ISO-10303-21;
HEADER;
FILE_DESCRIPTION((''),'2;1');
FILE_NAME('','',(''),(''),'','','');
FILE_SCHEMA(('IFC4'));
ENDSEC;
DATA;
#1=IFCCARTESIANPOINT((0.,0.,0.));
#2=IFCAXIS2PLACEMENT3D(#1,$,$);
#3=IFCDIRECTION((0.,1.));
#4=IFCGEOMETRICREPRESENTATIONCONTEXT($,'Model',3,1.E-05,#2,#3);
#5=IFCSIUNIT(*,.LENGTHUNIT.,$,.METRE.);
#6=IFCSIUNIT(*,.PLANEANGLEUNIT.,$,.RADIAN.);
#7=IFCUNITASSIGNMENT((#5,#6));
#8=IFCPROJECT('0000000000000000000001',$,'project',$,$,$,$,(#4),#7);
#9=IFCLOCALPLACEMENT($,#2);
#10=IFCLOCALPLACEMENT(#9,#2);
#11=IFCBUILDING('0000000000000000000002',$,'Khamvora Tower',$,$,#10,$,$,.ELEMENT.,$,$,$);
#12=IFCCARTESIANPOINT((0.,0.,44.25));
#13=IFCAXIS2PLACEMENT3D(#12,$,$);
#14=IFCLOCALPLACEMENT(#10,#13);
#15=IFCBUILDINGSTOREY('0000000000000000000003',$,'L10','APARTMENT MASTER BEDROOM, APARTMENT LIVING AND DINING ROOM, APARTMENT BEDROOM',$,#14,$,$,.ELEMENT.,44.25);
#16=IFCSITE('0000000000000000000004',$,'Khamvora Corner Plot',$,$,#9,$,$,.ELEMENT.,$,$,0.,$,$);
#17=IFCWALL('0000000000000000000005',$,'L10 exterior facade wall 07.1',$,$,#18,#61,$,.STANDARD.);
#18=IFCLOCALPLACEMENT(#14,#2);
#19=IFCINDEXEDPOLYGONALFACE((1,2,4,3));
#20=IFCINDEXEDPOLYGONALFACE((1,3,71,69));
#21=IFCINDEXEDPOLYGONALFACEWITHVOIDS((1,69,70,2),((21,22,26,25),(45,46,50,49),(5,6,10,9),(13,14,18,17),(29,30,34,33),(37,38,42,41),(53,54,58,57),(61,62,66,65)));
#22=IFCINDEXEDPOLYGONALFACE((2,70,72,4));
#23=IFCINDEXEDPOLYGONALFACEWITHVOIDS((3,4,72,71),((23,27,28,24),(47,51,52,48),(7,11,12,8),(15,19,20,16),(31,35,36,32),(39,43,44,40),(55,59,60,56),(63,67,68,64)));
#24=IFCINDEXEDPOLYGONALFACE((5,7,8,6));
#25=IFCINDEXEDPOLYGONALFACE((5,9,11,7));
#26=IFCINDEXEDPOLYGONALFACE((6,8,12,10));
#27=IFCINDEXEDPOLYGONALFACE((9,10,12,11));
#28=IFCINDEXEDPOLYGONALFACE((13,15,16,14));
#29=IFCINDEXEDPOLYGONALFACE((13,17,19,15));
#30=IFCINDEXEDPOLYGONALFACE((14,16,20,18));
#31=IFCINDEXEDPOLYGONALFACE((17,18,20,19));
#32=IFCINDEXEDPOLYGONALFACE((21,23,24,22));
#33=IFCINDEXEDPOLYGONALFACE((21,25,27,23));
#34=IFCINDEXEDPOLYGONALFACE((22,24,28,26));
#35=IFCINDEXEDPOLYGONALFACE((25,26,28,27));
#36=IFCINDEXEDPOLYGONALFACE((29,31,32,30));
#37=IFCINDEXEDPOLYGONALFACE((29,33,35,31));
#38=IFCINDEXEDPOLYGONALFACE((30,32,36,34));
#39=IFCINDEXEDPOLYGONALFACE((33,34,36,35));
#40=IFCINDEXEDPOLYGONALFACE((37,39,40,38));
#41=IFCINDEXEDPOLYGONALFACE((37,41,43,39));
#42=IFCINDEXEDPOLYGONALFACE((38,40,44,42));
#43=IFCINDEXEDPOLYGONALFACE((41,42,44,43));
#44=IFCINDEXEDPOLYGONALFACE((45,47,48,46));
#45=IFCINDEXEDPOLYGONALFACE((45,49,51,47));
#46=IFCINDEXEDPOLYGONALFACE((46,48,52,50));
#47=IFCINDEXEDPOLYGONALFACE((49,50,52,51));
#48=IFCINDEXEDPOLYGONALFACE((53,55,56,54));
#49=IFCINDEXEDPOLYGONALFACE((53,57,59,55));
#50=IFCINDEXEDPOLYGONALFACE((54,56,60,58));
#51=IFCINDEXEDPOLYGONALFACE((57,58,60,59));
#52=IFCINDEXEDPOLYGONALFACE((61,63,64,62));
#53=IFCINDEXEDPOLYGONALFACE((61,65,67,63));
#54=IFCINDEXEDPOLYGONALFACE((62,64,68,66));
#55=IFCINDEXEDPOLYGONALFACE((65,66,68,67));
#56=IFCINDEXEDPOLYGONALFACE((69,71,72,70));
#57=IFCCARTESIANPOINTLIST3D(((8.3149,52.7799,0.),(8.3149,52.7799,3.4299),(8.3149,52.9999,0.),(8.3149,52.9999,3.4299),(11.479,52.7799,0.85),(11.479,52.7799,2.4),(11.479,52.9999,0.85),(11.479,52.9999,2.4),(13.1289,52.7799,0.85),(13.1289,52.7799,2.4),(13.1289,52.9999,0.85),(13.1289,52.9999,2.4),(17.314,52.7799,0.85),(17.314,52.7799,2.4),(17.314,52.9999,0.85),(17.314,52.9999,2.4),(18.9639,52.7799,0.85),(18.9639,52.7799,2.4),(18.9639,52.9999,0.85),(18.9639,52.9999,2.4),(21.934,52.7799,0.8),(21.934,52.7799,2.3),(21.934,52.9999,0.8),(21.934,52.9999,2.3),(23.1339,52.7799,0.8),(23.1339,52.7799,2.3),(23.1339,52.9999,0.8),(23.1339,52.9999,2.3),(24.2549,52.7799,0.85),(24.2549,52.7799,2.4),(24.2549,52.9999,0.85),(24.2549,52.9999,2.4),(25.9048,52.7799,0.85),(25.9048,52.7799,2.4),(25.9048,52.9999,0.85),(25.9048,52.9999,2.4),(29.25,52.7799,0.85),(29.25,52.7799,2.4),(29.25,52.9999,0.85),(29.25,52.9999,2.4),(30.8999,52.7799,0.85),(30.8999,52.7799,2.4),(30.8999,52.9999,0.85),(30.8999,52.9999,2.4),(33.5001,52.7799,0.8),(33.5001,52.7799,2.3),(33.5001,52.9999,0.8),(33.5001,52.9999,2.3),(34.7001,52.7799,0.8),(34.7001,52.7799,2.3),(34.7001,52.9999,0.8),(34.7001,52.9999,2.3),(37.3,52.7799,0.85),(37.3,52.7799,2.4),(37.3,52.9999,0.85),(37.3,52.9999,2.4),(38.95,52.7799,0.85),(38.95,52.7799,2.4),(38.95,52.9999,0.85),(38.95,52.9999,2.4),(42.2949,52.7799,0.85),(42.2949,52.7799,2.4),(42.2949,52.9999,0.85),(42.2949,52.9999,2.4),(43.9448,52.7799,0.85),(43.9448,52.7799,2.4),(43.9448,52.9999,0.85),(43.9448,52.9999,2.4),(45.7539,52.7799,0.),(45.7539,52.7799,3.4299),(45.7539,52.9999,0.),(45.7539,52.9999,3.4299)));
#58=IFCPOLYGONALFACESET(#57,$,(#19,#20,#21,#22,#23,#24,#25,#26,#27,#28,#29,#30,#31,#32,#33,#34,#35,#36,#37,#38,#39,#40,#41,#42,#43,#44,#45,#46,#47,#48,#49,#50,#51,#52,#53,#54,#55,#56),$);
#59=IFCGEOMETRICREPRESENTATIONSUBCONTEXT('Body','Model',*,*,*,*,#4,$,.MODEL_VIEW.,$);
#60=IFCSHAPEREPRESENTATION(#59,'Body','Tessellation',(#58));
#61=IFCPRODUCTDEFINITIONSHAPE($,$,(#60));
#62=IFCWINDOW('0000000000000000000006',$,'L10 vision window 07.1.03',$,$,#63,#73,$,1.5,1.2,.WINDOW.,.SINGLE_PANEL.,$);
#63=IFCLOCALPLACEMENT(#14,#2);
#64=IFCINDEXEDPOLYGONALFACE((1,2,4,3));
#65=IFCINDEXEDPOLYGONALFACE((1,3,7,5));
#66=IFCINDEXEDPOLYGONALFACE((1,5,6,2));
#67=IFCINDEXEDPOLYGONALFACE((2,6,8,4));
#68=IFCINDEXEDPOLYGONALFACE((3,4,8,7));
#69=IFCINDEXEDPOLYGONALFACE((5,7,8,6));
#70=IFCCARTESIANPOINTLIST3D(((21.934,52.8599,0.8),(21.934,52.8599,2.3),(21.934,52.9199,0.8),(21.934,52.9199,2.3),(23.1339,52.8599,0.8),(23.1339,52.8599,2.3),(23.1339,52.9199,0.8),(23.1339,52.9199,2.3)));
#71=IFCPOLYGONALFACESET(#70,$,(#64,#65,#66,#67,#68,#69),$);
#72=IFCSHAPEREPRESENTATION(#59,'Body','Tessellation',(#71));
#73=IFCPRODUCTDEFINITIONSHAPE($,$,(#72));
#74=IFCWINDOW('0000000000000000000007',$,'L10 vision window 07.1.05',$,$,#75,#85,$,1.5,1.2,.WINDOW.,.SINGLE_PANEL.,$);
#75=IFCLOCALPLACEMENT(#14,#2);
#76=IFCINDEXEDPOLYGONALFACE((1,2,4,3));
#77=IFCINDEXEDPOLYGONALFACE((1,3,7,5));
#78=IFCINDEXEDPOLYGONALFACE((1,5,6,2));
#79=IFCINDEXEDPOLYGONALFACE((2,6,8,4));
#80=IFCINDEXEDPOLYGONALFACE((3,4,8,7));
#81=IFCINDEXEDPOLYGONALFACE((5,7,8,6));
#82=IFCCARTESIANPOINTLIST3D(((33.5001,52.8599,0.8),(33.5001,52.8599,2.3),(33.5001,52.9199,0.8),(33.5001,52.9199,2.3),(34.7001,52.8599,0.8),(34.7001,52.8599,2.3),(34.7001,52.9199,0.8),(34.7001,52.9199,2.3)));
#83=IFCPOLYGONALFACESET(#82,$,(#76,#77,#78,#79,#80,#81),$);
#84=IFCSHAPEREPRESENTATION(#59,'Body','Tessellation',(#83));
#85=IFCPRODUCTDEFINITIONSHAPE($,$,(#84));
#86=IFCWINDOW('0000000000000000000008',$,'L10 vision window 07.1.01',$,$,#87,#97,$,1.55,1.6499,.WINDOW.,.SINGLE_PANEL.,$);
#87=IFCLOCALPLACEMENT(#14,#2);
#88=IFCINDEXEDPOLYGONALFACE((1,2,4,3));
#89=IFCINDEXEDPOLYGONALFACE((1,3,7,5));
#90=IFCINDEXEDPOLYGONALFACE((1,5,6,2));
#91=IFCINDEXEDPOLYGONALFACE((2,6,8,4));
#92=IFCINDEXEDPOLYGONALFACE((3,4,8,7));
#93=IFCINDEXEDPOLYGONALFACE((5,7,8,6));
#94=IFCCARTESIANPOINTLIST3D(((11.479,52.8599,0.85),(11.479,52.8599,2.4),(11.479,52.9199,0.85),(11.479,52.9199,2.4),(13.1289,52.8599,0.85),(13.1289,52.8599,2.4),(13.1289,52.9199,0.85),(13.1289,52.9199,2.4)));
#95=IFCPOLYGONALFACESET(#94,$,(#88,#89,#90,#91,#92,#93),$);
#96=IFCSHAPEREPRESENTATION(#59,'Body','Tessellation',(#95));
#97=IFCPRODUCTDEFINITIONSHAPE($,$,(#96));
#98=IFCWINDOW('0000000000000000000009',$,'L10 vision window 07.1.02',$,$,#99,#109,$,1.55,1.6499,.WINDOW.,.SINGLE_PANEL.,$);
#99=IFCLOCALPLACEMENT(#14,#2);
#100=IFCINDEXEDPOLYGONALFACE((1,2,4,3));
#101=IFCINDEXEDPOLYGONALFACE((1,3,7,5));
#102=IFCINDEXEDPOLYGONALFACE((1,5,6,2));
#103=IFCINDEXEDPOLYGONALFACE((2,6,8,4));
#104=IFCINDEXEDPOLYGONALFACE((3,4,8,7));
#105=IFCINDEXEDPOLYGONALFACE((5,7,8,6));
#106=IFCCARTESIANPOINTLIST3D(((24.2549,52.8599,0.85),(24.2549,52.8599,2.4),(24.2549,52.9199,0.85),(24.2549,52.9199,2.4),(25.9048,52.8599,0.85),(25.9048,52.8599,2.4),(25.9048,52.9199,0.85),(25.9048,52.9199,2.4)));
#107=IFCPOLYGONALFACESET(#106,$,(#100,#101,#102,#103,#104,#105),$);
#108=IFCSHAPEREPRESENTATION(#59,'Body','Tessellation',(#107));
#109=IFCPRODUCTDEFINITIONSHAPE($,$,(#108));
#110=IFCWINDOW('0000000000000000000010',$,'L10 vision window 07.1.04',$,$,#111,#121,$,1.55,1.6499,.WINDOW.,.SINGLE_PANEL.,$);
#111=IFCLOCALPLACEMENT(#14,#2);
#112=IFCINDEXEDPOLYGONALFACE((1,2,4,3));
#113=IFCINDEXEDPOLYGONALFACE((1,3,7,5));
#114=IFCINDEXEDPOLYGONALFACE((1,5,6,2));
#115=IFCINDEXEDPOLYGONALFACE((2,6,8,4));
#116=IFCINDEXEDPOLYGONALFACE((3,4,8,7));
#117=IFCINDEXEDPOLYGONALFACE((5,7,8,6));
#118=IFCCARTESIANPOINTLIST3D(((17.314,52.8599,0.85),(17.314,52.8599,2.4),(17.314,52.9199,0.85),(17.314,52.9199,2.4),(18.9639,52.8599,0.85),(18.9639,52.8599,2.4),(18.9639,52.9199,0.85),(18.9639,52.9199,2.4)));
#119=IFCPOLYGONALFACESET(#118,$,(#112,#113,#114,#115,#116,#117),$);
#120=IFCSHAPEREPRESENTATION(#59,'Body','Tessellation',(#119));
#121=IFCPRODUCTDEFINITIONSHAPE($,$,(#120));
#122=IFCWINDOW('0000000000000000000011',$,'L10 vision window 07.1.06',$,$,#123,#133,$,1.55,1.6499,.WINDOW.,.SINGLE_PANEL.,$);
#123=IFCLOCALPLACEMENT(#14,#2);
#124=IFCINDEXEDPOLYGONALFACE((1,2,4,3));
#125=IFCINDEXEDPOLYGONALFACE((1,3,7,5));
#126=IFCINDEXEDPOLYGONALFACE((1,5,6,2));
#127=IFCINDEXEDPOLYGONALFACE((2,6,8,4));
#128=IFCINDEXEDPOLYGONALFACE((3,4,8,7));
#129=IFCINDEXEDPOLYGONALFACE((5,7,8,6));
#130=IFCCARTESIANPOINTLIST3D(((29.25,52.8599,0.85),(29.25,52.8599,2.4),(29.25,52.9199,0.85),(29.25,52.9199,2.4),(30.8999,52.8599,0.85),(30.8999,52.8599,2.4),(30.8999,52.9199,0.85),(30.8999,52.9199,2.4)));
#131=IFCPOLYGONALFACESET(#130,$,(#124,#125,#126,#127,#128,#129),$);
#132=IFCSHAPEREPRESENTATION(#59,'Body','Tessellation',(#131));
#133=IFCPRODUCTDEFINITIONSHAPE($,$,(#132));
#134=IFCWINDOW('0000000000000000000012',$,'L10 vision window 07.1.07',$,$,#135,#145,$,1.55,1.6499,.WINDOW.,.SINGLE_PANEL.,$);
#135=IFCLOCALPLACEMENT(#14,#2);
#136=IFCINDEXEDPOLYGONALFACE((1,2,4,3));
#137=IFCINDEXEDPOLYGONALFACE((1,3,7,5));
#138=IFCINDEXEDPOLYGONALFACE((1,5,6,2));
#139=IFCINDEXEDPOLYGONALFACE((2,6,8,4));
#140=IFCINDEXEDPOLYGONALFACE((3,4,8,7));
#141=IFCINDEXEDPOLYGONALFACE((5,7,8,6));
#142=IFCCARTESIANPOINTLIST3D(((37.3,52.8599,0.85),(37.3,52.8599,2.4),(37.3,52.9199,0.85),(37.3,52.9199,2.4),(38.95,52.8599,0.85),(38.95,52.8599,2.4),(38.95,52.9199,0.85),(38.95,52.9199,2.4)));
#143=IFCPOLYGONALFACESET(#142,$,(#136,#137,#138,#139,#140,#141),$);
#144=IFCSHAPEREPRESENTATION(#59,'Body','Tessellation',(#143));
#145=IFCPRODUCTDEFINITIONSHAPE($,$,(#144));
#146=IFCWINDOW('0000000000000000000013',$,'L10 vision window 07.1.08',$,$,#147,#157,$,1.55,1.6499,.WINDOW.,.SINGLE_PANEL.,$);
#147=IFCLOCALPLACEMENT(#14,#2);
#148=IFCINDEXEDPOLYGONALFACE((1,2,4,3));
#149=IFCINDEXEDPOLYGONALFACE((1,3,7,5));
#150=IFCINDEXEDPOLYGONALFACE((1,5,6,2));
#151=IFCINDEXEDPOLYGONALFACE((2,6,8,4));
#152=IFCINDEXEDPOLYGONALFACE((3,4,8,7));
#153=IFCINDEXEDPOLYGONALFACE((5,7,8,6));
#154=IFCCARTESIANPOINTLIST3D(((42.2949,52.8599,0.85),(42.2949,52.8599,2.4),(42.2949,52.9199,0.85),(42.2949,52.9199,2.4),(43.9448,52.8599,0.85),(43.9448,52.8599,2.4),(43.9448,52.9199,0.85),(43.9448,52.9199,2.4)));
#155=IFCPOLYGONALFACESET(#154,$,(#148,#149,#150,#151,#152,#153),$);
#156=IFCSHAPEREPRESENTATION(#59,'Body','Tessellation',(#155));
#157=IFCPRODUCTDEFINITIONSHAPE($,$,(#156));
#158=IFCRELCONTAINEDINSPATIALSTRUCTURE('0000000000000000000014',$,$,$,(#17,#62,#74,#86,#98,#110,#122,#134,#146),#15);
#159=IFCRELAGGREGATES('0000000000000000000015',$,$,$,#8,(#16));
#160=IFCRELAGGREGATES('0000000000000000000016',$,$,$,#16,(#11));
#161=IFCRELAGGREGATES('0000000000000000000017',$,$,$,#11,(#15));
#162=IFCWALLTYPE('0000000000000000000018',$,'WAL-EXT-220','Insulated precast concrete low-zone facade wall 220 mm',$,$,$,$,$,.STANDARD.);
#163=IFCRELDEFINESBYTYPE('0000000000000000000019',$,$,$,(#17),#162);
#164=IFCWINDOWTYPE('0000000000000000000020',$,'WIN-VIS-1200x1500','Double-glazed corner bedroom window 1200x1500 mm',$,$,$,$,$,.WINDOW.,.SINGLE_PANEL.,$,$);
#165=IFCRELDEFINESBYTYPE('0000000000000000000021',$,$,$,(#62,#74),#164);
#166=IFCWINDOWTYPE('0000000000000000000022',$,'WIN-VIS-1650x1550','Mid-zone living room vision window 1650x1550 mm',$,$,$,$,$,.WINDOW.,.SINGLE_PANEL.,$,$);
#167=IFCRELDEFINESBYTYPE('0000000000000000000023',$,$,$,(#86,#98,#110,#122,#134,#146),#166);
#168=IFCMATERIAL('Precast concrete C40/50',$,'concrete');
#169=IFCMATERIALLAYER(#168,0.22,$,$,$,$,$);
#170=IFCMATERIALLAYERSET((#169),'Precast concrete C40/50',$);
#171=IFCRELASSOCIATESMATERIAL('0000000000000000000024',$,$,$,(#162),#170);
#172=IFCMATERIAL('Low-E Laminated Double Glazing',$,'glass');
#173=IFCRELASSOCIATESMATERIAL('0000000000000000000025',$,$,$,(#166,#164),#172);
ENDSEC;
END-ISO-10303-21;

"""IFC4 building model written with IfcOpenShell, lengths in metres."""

from ifc_helpers import new_model, si_unit, direction, frame, frame_2d, origin, place, context, subcontext, project, spatial, rectangle, extrude, material, layer, layer_set, type_object, element, fill, save


model = new_model("IFC4")

# Units and contexts
model_context = context("Model", 3, precision=1e-05, world=origin(), true_north=direction((0.0, 1.0)))
body_context = subcontext(model_context, "Body", "Model", "MODEL_VIEW")
ifc_project = project(units=[si_unit("LENGTHUNIT", "METRE"), si_unit("PLANEANGLEUNIT", "RADIAN")], contexts=[model_context])

# Site, building, storey
site_placement = place(None, origin())
site = spatial("IfcSite", under=ifc_project, at=site_placement, Name="Khamvora Corner Plot", CompositionType="ELEMENT", RefElevation=0.0)
building_placement = place(site_placement, origin())
building = spatial("IfcBuilding", under=site, at=building_placement, Name="Khamvora Tower", CompositionType="ELEMENT")
storey_placement = place(building_placement, frame((0.0, 0.0, 44.25)))
storey = spatial("IfcBuildingStorey", under=building, at=storey_placement, Name="L10", Description="APARTMENT MASTER BEDROOM, APARTMENT LIVING AND DINING ROOM, APARTMENT BEDROOM", CompositionType="ELEMENT", Elevation=44.25)

# Shared definitions
ifc_material_1 = material(Name="Precast concrete C40/50", Category="concrete")
ifc_layer_1 = layer(ifc_material_1, 0.22)
ifc_layer_set_1 = layer_set([ifc_layer_1], Name="Precast concrete C40/50")
wall_type_1 = type_object("IfcWallType", Name="WAL-EXT-220", Description="Insulated precast concrete low-zone facade wall 220 mm", PredefinedType="STANDARD", material=ifc_layer_set_1)
ifc_material_2 = material(Name="Low-E Laminated Double Glazing", Category="glass")
window_type_1 = type_object("IfcWindowType", Name="WIN-VIS-1650x1550", Description="Mid-zone living room vision window 1650x1550 mm", PartitioningType="SINGLE_PANEL", PredefinedType="WINDOW", material=ifc_material_2)

# Wall, openings, windows
wall_1_placement = place(storey_placement, frame((8.3149, 52.8899, 0.0), z_axis=(0.0, 0.0, 1.0), x_axis=(1.0, 0.0, 0.0)))
wall_1 = element("IfcWall", 1, at=wall_1_placement, inside=storey, type_object=wall_type_1, Name="L10 exterior facade wall 07.1", PredefinedType="STANDARD", context=body_context, shape_type="SweptSolid", body=[
    extrude(rectangle(XDim=37.439, YDim=0.22, at=frame_2d((18.7195, 0.0))), origin(), (0.0, 0.0, 1.0), 3.4299),
])
opening_1_placement = place(wall_1_placement, frame((3.1641, 0.0, 0.8501)))
opening_1 = element("IfcOpeningElement", 2, at=opening_1_placement, cuts=wall_1, PredefinedType="OPENING", context=body_context, shape_type="SweptSolid", body=[
    extrude(rectangle(XDim=1.6499, YDim=1.55, at=frame_2d((0.825, 0.7749))), frame((0.0, 0.1199, 0.0), z_axis=(0.0, -1.0, 0.0), x_axis=(1.0, 0.0, 0.0)), (0.0, 0.0, 1.0), 0.24),
])
opening_2_placement = place(wall_1_placement, frame((15.9399, 0.0, 0.8501)))
opening_2 = element("IfcOpeningElement", 3, at=opening_2_placement, cuts=wall_1, PredefinedType="OPENING", context=body_context, shape_type="SweptSolid", body=[
    extrude(rectangle(XDim=1.6499, YDim=1.55, at=frame_2d((0.825, 0.7749))), frame((0.0, 0.1199, 0.0), z_axis=(0.0, -1.0, 0.0), x_axis=(1.0, 0.0, 0.0)), (0.0, 0.0, 1.0), 0.24),
])
opening_3_placement = place(wall_1_placement, frame((13.6189, 0.0, 0.8)))
opening_3 = element("IfcOpeningElement", 4, at=opening_3_placement, cuts=wall_1, PredefinedType="OPENING", context=body_context, shape_type="SweptSolid", body=[
    extrude(rectangle(XDim=1.2, YDim=1.5, at=frame_2d((0.6001, 0.75))), frame((0.0, 0.1199, 0.0), z_axis=(0.0, -1.0, 0.0), x_axis=(1.0, 0.0, 0.0)), (0.0, 0.0, 1.0), 0.24),
])
opening_4_placement = place(wall_1_placement, frame((8.999, 0.0, 0.8501)))
opening_4 = element("IfcOpeningElement", 5, at=opening_4_placement, cuts=wall_1, PredefinedType="OPENING", context=body_context, shape_type="SweptSolid", body=[
    extrude(rectangle(XDim=1.6499, YDim=1.55, at=frame_2d((0.825, 0.7749))), frame((0.0, 0.1199, 0.0), z_axis=(0.0, -1.0, 0.0), x_axis=(1.0, 0.0, 0.0)), (0.0, 0.0, 1.0), 0.24),
])
opening_5_placement = place(wall_1_placement, frame((25.1851, 0.0, 0.8)))
opening_5 = element("IfcOpeningElement", 6, at=opening_5_placement, cuts=wall_1, PredefinedType="OPENING", context=body_context, shape_type="SweptSolid", body=[
    extrude(rectangle(XDim=1.2, YDim=1.5, at=frame_2d((0.6001, 0.75))), frame((0.0, 0.1199, 0.0), z_axis=(0.0, -1.0, 0.0), x_axis=(1.0, 0.0, 0.0)), (0.0, 0.0, 1.0), 0.24),
])
opening_6_placement = place(wall_1_placement, frame((20.9351, 0.0, 0.8501)))
opening_6 = element("IfcOpeningElement", 7, at=opening_6_placement, cuts=wall_1, PredefinedType="OPENING", context=body_context, shape_type="SweptSolid", body=[
    extrude(rectangle(XDim=1.6499, YDim=1.55, at=frame_2d((0.825, 0.7749))), frame((0.0, 0.1199, 0.0), z_axis=(0.0, -1.0, 0.0), x_axis=(1.0, 0.0, 0.0)), (0.0, 0.0, 1.0), 0.24),
])
opening_7_placement = place(wall_1_placement, frame((28.9851, 0.0, 0.8501)))
opening_7 = element("IfcOpeningElement", 8, at=opening_7_placement, cuts=wall_1, PredefinedType="OPENING", context=body_context, shape_type="SweptSolid", body=[
    extrude(rectangle(XDim=1.6499, YDim=1.55, at=frame_2d((0.825, 0.7749))), frame((0.0, 0.1199, 0.0), z_axis=(0.0, -1.0, 0.0), x_axis=(1.0, 0.0, 0.0)), (0.0, 0.0, 1.0), 0.24),
])
opening_8_placement = place(wall_1_placement, frame((33.98, 0.0, 0.8501)))
opening_8 = element("IfcOpeningElement", 9, at=opening_8_placement, cuts=wall_1, PredefinedType="OPENING", context=body_context, shape_type="SweptSolid", body=[
    extrude(rectangle(XDim=1.6499, YDim=1.55, at=frame_2d((0.825, 0.7749))), frame((0.0, 0.1199, 0.0), z_axis=(0.0, -1.0, 0.0), x_axis=(1.0, 0.0, 0.0)), (0.0, 0.0, 1.0), 0.24),
])
window_type_2 = type_object("IfcWindowType", Name="WIN-VIS-1200x1500", Description="Double-glazed corner bedroom window 1200x1500 mm", PartitioningType="SINGLE_PANEL", PredefinedType="WINDOW", material=ifc_material_2)
window_1_placement = place(opening_3_placement, origin())
window_1 = element("IfcWindow", 10, at=window_1_placement, inside=storey, type_object=window_type_2, Name="L10 vision window 07.1.03", OverallHeight=1.5, OverallWidth=1.2, PartitioningType="SINGLE_PANEL", PredefinedType="WINDOW", context=body_context, shape_type="SweptSolid", body=[
    extrude(rectangle(XDim=1.2, YDim=1.5, at=frame_2d((0.6001, 0.75))), frame((0.0, 0.03, 0.0), z_axis=(0.0, -1.0, 0.0), x_axis=(1.0, 0.0, 0.0)), (0.0, 0.0, 1.0), 0.0601),
])
fill(opening_3, window_1)
window_2_placement = place(opening_5_placement, origin())
window_2 = element("IfcWindow", 11, at=window_2_placement, inside=storey, type_object=window_type_2, Name="L10 vision window 07.1.05", OverallHeight=1.5, OverallWidth=1.2, PartitioningType="SINGLE_PANEL", PredefinedType="WINDOW", context=body_context, shape_type="SweptSolid", body=[
    extrude(rectangle(XDim=1.2, YDim=1.5, at=frame_2d((0.6001, 0.75))), frame((0.0, 0.03, 0.0), z_axis=(0.0, -1.0, 0.0), x_axis=(1.0, 0.0, 0.0)), (0.0, 0.0, 1.0), 0.0601),
])
fill(opening_5, window_2)
window_3_placement = place(opening_1_placement, origin())
window_3 = element("IfcWindow", 12, at=window_3_placement, inside=storey, type_object=window_type_1, Name="L10 vision window 07.1.01", OverallHeight=1.55, OverallWidth=1.6499, PartitioningType="SINGLE_PANEL", PredefinedType="WINDOW", context=body_context, shape_type="SweptSolid", body=[
    extrude(rectangle(XDim=1.6499, YDim=1.55, at=frame_2d((0.825, 0.7749))), frame((0.0, 0.03, 0.0), z_axis=(0.0, -1.0, 0.0), x_axis=(1.0, 0.0, 0.0)), (0.0, 0.0, 1.0), 0.0601),
])
fill(opening_1, window_3)
window_4_placement = place(opening_2_placement, origin())
window_4 = element("IfcWindow", 13, at=window_4_placement, inside=storey, type_object=window_type_1, Name="L10 vision window 07.1.02", OverallHeight=1.55, OverallWidth=1.6499, PartitioningType="SINGLE_PANEL", PredefinedType="WINDOW", context=body_context, shape_type="SweptSolid", body=[
    extrude(rectangle(XDim=1.6499, YDim=1.55, at=frame_2d((0.825, 0.7749))), frame((0.0, 0.03, 0.0), z_axis=(0.0, -1.0, 0.0), x_axis=(1.0, 0.0, 0.0)), (0.0, 0.0, 1.0), 0.0601),
])
fill(opening_2, window_4)
window_5_placement = place(opening_4_placement, origin())
window_5 = element("IfcWindow", 14, at=window_5_placement, inside=storey, type_object=window_type_1, Name="L10 vision window 07.1.04", OverallHeight=1.55, OverallWidth=1.6499, PartitioningType="SINGLE_PANEL", PredefinedType="WINDOW", context=body_context, shape_type="SweptSolid", body=[
    extrude(rectangle(XDim=1.6499, YDim=1.55, at=frame_2d((0.825, 0.7749))), frame((0.0, 0.03, 0.0), z_axis=(0.0, -1.0, 0.0), x_axis=(1.0, 0.0, 0.0)), (0.0, 0.0, 1.0), 0.0601),
])
fill(opening_4, window_5)
window_6_placement = place(opening_6_placement, origin())
window_6 = element("IfcWindow", 15, at=window_6_placement, inside=storey, type_object=window_type_1, Name="L10 vision window 07.1.06", OverallHeight=1.55, OverallWidth=1.6499, PartitioningType="SINGLE_PANEL", PredefinedType="WINDOW", context=body_context, shape_type="SweptSolid", body=[
    extrude(rectangle(XDim=1.6499, YDim=1.55, at=frame_2d((0.825, 0.7749))), frame((0.0, 0.03, 0.0), z_axis=(0.0, -1.0, 0.0), x_axis=(1.0, 0.0, 0.0)), (0.0, 0.0, 1.0), 0.0601),
])
fill(opening_6, window_6)
window_7_placement = place(opening_7_placement, origin())
window_7 = element("IfcWindow", 16, at=window_7_placement, inside=storey, type_object=window_type_1, Name="L10 vision window 07.1.07", OverallHeight=1.55, OverallWidth=1.6499, PartitioningType="SINGLE_PANEL", PredefinedType="WINDOW", context=body_context, shape_type="SweptSolid", body=[
    extrude(rectangle(XDim=1.6499, YDim=1.55, at=frame_2d((0.825, 0.7749))), frame((0.0, 0.03, 0.0), z_axis=(0.0, -1.0, 0.0), x_axis=(1.0, 0.0, 0.0)), (0.0, 0.0, 1.0), 0.0601),
])
fill(opening_7, window_7)
window_8_placement = place(opening_8_placement, origin())
window_8 = element("IfcWindow", 17, at=window_8_placement, inside=storey, type_object=window_type_1, Name="L10 vision window 07.1.08", OverallHeight=1.55, OverallWidth=1.6499, PartitioningType="SINGLE_PANEL", PredefinedType="WINDOW", context=body_context, shape_type="SweptSolid", body=[
    extrude(rectangle(XDim=1.6499, YDim=1.55, at=frame_2d((0.825, 0.7749))), frame((0.0, 0.03, 0.0), z_axis=(0.0, -1.0, 0.0), x_axis=(1.0, 0.0, 0.0)), (0.0, 0.0, 1.0), 0.0601),
])
fill(opening_8, window_8)

save(model, "model.ifc")
